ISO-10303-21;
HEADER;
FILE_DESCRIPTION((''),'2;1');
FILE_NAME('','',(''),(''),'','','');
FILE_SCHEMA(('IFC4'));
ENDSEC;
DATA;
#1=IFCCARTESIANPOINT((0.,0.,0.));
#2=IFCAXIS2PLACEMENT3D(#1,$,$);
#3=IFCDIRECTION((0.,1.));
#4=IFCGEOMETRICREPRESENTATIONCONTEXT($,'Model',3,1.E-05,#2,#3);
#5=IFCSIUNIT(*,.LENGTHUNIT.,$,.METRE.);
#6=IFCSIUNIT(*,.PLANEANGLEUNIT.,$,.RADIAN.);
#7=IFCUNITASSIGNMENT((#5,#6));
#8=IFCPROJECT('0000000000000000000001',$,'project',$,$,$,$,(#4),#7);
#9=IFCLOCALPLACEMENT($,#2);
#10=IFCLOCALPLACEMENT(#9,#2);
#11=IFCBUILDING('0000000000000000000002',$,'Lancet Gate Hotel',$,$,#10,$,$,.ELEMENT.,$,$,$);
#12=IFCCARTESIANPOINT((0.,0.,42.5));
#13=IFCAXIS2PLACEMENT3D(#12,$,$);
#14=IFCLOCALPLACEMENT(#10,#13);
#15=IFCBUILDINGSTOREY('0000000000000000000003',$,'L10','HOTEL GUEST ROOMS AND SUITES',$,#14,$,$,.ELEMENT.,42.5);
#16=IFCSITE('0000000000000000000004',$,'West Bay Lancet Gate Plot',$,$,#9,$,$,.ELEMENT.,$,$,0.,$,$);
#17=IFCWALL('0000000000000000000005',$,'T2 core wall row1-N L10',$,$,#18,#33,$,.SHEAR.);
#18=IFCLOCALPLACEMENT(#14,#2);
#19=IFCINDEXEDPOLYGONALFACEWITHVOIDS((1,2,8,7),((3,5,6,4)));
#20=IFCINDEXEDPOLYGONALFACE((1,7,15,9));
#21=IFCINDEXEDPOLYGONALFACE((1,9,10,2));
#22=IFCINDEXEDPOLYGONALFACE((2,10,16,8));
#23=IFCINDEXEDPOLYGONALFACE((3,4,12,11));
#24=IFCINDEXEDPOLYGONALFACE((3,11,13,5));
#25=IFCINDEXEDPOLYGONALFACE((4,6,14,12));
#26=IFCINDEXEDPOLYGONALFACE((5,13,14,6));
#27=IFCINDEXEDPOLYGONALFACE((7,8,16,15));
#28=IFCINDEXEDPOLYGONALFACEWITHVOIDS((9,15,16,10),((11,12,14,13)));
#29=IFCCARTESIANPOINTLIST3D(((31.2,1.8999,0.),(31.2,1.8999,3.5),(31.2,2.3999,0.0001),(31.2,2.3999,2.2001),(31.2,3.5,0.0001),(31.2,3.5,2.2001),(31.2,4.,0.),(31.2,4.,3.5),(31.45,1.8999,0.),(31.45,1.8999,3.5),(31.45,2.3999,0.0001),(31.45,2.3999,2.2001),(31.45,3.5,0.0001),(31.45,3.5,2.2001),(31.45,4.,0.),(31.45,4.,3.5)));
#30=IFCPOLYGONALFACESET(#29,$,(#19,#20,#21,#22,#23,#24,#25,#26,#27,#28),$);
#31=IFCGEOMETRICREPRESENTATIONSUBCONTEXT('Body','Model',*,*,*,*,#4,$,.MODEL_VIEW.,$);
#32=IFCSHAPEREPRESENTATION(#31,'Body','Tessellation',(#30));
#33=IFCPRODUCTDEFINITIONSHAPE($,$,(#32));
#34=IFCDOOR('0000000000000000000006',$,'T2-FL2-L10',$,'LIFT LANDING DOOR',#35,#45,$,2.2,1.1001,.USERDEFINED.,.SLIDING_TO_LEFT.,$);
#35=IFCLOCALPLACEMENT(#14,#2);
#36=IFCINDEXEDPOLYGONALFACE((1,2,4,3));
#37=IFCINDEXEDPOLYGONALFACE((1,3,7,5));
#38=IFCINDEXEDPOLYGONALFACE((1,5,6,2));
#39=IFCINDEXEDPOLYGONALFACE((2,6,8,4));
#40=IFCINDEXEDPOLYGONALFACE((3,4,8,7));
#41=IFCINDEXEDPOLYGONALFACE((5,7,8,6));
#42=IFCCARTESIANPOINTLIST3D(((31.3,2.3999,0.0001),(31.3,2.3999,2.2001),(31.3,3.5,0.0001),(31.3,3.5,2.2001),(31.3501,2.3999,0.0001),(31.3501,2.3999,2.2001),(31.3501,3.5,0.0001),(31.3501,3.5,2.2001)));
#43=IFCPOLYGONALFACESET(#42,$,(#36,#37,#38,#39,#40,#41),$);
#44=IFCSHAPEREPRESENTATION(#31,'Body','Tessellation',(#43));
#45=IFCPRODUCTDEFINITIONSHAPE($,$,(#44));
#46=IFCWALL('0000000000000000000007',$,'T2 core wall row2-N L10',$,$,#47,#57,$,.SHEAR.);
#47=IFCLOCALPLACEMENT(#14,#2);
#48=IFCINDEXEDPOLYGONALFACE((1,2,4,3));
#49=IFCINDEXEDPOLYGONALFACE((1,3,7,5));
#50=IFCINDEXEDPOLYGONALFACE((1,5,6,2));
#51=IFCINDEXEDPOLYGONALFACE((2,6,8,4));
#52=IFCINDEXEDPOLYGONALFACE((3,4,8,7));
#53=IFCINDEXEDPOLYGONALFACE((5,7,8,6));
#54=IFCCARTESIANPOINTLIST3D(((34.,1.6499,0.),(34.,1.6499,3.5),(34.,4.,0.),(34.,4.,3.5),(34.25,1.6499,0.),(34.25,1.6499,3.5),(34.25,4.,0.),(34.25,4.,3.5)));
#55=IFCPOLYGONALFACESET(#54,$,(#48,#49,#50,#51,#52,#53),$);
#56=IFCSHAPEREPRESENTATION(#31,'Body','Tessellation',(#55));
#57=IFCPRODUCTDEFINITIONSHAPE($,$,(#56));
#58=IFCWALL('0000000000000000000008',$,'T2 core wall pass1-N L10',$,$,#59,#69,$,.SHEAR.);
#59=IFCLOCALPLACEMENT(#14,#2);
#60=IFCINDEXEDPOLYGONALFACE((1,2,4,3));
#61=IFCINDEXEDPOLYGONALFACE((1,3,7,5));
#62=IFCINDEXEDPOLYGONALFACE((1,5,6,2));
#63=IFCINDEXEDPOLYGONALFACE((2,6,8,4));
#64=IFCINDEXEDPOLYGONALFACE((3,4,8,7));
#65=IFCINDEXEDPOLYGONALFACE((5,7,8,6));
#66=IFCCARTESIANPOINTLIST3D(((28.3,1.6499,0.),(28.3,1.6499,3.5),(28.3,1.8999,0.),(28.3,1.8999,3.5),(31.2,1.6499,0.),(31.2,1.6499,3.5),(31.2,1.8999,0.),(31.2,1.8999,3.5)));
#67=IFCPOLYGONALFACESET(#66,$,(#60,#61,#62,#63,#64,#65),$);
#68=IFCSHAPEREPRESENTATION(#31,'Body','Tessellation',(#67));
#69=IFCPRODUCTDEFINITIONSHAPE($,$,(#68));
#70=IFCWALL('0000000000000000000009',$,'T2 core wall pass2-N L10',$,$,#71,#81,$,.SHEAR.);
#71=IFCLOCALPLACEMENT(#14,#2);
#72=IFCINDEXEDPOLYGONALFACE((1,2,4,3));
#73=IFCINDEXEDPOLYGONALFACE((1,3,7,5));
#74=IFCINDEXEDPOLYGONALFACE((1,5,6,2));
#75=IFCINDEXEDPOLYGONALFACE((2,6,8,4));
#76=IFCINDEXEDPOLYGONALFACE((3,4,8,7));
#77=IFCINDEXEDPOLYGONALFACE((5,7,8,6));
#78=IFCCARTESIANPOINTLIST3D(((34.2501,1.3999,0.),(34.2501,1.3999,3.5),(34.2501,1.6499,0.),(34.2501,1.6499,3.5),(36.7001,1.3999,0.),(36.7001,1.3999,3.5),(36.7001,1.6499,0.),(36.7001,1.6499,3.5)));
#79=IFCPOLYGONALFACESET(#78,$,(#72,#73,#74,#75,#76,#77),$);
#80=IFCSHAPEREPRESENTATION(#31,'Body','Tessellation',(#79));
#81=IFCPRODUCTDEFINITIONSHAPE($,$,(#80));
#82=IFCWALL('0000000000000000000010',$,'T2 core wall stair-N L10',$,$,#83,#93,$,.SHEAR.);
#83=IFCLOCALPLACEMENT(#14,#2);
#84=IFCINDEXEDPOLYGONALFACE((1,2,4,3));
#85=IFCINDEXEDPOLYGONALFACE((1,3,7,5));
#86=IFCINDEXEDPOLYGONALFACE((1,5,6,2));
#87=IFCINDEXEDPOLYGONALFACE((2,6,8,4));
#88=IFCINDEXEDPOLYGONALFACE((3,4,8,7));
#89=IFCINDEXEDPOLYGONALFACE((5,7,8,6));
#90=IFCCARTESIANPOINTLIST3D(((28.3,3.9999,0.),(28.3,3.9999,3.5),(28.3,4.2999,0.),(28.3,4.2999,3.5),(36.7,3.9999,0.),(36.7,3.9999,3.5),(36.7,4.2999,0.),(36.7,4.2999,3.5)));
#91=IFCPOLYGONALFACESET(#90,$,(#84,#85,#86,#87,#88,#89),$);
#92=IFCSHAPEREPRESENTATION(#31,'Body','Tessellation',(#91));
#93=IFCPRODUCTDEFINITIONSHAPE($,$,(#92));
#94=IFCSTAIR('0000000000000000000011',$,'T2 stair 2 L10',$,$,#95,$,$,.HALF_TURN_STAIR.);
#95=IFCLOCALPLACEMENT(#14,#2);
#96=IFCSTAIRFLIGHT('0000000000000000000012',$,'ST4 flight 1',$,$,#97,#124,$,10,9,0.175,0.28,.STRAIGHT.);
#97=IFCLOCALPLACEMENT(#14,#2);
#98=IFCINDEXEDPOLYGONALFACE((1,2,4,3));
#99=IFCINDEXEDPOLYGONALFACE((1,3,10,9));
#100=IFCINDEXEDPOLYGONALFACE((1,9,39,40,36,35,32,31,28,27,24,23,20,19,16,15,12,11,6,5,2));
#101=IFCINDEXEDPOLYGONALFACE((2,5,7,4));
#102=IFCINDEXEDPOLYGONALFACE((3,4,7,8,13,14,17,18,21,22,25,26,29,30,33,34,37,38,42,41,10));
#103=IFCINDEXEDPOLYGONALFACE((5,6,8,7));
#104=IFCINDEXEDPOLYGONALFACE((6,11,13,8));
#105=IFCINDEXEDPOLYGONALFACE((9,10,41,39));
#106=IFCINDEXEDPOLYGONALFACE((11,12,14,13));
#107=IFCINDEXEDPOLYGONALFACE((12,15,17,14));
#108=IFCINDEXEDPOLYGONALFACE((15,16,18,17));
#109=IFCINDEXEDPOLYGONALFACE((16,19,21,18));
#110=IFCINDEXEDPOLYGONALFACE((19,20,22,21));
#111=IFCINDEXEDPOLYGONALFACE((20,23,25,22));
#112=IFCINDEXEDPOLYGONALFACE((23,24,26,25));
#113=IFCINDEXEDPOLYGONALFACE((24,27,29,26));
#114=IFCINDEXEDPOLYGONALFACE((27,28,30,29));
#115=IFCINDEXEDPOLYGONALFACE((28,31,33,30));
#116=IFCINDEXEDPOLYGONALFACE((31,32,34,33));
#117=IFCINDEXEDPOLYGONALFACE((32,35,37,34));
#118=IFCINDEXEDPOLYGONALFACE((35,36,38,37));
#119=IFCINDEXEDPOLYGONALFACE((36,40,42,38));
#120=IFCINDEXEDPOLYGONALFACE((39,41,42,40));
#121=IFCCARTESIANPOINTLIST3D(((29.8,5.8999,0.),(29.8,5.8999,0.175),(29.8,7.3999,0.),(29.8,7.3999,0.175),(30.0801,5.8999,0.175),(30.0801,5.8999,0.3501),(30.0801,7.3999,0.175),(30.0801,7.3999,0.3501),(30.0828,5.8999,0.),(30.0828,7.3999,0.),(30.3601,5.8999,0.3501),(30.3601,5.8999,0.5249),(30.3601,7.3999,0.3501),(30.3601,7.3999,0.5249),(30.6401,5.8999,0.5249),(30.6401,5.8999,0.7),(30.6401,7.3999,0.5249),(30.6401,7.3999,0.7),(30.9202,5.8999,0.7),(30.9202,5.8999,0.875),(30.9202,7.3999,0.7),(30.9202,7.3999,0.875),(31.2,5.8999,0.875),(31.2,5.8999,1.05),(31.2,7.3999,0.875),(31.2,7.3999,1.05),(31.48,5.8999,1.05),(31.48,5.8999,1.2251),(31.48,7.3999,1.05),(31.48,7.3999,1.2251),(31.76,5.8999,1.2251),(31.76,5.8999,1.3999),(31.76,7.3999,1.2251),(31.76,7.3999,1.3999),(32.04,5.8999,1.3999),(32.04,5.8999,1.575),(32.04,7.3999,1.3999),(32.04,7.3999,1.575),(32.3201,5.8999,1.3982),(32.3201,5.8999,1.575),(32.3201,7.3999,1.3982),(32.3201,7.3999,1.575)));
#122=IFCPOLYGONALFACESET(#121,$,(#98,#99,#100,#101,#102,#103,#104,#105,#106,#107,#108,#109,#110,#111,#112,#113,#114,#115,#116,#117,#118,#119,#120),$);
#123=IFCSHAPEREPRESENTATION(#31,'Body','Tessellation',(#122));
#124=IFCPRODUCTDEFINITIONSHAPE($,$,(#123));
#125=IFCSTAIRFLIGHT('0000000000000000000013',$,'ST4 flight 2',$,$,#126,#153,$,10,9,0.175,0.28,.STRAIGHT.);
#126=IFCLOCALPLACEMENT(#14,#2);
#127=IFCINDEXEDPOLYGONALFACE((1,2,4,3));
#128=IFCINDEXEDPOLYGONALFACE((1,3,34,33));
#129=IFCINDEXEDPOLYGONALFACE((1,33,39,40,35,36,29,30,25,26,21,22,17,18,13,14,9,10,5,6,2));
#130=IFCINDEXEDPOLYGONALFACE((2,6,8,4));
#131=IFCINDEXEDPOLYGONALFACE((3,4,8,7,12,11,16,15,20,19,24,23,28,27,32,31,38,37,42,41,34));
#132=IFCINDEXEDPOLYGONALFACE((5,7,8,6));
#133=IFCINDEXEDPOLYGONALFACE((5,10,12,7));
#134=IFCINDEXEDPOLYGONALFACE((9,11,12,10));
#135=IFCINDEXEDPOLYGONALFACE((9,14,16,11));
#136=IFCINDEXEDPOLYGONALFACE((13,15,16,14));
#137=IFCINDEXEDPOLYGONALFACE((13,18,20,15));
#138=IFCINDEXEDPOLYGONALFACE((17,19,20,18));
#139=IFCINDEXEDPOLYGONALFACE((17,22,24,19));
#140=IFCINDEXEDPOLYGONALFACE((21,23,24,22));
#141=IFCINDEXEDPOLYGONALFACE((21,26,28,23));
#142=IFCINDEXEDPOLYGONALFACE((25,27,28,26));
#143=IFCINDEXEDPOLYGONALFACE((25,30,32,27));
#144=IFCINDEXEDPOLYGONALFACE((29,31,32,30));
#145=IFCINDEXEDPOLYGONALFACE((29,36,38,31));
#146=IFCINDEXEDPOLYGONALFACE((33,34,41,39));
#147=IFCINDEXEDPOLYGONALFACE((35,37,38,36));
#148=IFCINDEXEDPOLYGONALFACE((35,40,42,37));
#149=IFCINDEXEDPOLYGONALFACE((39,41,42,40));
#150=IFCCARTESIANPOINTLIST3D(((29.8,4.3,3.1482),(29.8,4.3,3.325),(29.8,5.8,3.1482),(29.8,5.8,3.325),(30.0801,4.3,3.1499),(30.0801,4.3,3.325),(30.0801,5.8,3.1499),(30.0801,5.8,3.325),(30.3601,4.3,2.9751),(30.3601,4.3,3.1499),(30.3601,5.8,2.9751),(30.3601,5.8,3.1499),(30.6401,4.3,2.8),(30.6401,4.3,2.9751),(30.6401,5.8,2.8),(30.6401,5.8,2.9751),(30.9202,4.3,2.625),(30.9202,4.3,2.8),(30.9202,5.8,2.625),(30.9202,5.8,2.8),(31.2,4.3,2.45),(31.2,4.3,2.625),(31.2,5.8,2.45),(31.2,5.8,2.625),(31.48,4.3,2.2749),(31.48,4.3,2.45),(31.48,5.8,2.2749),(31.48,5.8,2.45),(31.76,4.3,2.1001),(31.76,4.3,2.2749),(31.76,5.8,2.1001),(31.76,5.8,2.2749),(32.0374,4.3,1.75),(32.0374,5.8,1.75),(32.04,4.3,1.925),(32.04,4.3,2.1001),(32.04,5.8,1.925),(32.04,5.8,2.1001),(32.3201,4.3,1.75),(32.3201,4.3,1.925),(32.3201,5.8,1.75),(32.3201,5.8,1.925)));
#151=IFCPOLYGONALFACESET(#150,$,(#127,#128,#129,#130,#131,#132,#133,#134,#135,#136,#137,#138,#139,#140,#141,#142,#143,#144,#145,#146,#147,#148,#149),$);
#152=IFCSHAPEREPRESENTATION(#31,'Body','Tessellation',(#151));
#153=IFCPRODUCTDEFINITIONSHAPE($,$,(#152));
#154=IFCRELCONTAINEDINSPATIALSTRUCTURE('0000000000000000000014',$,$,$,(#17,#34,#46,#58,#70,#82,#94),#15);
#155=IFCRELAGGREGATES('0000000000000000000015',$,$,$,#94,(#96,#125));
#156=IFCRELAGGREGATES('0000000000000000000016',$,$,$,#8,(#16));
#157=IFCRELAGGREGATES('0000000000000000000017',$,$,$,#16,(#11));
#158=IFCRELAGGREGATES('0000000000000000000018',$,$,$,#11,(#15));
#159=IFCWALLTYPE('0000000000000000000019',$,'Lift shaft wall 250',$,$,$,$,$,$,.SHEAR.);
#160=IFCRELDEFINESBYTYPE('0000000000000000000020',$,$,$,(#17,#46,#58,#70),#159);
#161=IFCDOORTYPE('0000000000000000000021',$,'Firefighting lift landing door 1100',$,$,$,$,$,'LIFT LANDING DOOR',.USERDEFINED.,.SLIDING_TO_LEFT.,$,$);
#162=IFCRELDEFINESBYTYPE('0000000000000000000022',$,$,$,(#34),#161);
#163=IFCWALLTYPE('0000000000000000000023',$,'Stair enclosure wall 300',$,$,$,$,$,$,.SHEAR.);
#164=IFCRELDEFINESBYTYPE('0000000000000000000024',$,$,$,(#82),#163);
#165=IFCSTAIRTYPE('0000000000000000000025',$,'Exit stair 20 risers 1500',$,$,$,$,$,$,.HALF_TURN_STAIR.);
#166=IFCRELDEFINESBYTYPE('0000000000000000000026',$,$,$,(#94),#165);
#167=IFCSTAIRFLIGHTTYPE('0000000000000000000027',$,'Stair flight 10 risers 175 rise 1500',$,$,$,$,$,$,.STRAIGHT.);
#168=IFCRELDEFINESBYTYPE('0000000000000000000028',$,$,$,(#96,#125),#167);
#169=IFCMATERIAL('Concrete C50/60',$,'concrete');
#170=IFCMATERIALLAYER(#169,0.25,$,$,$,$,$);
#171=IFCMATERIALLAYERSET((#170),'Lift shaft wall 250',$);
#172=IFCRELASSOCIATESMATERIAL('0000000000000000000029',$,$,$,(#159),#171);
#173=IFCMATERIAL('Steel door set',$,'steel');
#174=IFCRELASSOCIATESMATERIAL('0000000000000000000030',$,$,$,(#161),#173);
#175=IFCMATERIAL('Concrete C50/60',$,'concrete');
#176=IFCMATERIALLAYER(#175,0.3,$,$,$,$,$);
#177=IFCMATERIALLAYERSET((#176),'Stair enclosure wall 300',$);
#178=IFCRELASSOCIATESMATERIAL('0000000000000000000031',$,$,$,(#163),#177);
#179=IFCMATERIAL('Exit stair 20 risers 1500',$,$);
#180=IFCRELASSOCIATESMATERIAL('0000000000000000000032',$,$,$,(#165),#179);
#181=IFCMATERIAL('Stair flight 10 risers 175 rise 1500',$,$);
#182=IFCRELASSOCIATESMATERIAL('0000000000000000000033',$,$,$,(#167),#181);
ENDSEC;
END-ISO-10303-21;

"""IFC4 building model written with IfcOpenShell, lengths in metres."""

from ifc_helpers import new_model, si_unit, direction, frame, frame_2d, origin, place, context, subcontext, project, spatial, polyline, rectangle, outline, extrude, material, layer, layer_set, type_object, element, fill, aggregate, save


model = new_model("IFC4")

# Units and contexts
model_context = context("Model", 3, precision=1e-05, world=origin(), true_north=direction((0.0, 1.0)))
body_context = subcontext(model_context, "Body", "Model", "MODEL_VIEW")
ifc_project = project(units=[si_unit("LENGTHUNIT", "METRE"), si_unit("PLANEANGLEUNIT", "RADIAN")], contexts=[model_context])

# Site, building, storey
site_placement = place(None, origin())
site = spatial("IfcSite", under=ifc_project, at=site_placement, Name="West Bay Lancet Gate Plot", CompositionType="ELEMENT", RefElevation=0.0)
building_placement = place(site_placement, origin())
building = spatial("IfcBuilding", under=site, at=building_placement, Name="Lancet Gate Hotel", CompositionType="ELEMENT")
storey_placement = place(building_placement, frame((0.0, 0.0, 42.5)))
storey = spatial("IfcBuildingStorey", under=building, at=storey_placement, Name="L10", Description="HOTEL GUEST ROOMS AND SUITES", CompositionType="ELEMENT", Elevation=42.5)

# Wall, opening, door
ifc_material_1 = material(Name="Concrete C50/60", Category="concrete")
ifc_layer_1 = layer(ifc_material_1, 0.25)
ifc_layer_set_1 = layer_set([ifc_layer_1], Name="Lift shaft wall 250")
wall_type_1 = type_object("IfcWallType", Name="Lift shaft wall 250", PredefinedType="SHEAR", material=ifc_layer_set_1)
wall_1_placement = place(storey_placement, frame((31.325, 1.8999, 0.0), z_axis=(0.0, 0.0, 1.0), x_axis=(0.0, 1.0, 0.0)))
wall_1 = element("IfcWall", 1, at=wall_1_placement, inside=storey, type_object=wall_type_1, Name="T2 core wall row1-N L10", PredefinedType="SHEAR", context=body_context, shape_type="SweptSolid", body=[
    extrude(rectangle(XDim=2.1001, YDim=0.25, at=frame_2d((1.05, 0.0))), origin(), (0.0, 0.0, 1.0), 3.5),
])
opening_1_placement = place(wall_1_placement, frame((0.5, 0.0, 0.0)))
opening_1 = element("IfcOpeningElement", 2, at=opening_1_placement, cuts=wall_1, PredefinedType="OPENING", context=body_context, shape_type="SweptSolid", body=[
    extrude(rectangle(XDim=1.1001, YDim=2.2, at=frame_2d((0.55, 1.1001))), frame((0.0, 0.135, 0.0), z_axis=(0.0, -1.0, 0.0), x_axis=(1.0, 0.0, 0.0)), (0.0, 0.0, 1.0), 0.27),
])
ifc_material_2 = material(Name="Steel door set", Category="steel")
door_type_1 = type_object("IfcDoorType", Name="Firefighting lift landing door 1100", ElementType="LIFT LANDING DOOR", OperationType="SLIDING_TO_LEFT", PredefinedType="USERDEFINED", material=ifc_material_2)
door_1_placement = place(opening_1_placement, origin())
door_1 = element("IfcDoor", 3, at=door_1_placement, inside=storey, type_object=door_type_1, Name="T2-FL2-L10", ObjectType="LIFT LANDING DOOR", OperationType="SLIDING_TO_LEFT", OverallHeight=2.2, OverallWidth=1.1001, PredefinedType="USERDEFINED", context=body_context, shape_type="SweptSolid", body=[
    extrude(rectangle(XDim=1.1001, YDim=2.2, at=frame_2d((0.55, 1.1001))), frame((0.0, 0.0249, 0.0), z_axis=(0.0, -1.0, 0.0), x_axis=(1.0, 0.0, 0.0)), (0.0, 0.0, 1.0), 0.05),
])
fill(opening_1, door_1)

# Walls
wall_2_placement = place(storey_placement, frame((34.125, 1.6499, 0.0), z_axis=(0.0, 0.0, 1.0), x_axis=(0.0, 1.0, 0.0)))
element("IfcWall", 4, at=wall_2_placement, inside=storey, type_object=wall_type_1, Name="T2 core wall row2-N L10", PredefinedType="SHEAR", context=body_context, shape_type="SweptSolid", body=[
    extrude(rectangle(XDim=2.3501, YDim=0.25, at=frame_2d((1.175, 0.0))), origin(), (0.0, 0.0, 1.0), 3.5),
])
wall_3_placement = place(storey_placement, frame((28.3, 1.7749, 0.0), z_axis=(0.0, 0.0, 1.0), x_axis=(1.0, 0.0, 0.0)))
element("IfcWall", 5, at=wall_3_placement, inside=storey, type_object=wall_type_1, Name="T2 core wall pass1-N L10", PredefinedType="SHEAR", context=body_context, shape_type="SweptSolid", body=[
    extrude(rectangle(XDim=2.8999, YDim=0.25, at=frame_2d((1.45, 0.0))), origin(), (0.0, 0.0, 1.0), 3.5),
])
wall_4_placement = place(storey_placement, frame((34.25, 1.5249, 0.0), z_axis=(0.0, 0.0, 1.0), x_axis=(1.0, 0.0, 0.0)))
element("IfcWall", 6, at=wall_4_placement, inside=storey, type_object=wall_type_1, Name="T2 core wall pass2-N L10", PredefinedType="SHEAR", context=body_context, shape_type="SweptSolid", body=[
    extrude(rectangle(XDim=2.45, YDim=0.25, at=frame_2d((1.2251, 0.0))), origin(), (0.0, 0.0, 1.0), 3.5),
])
ifc_material_3 = material(Name="Concrete C50/60", Category="concrete")
ifc_layer_2 = layer(ifc_material_3, 0.3)
ifc_layer_set_2 = layer_set([ifc_layer_2], Name="Stair enclosure wall 300")
wall_type_2 = type_object("IfcWallType", Name="Stair enclosure wall 300", PredefinedType="SHEAR", material=ifc_layer_set_2)
wall_5_placement = place(storey_placement, frame((28.3, 4.1499, 0.0), z_axis=(0.0, 0.0, 1.0), x_axis=(1.0, 0.0, 0.0)))
element("IfcWall", 7, at=wall_5_placement, inside=storey, type_object=wall_type_2, Name="T2 core wall stair-N L10", PredefinedType="SHEAR", context=body_context, shape_type="SweptSolid", body=[
    extrude(rectangle(XDim=8.3999, YDim=0.3, at=frame_2d((4.2, 0.0))), origin(), (0.0, 0.0, 1.0), 3.5),
])

# Stair, stair flights
ifc_material_4 = material(Name="Exit stair 20 risers 1500")
stair_type = type_object("IfcStairType", Name="Exit stair 20 risers 1500", PredefinedType="HALF_TURN_STAIR", material=ifc_material_4)
stair_placement = place(storey_placement, origin())
stair = element("IfcStair", 8, at=stair_placement, inside=storey, type_object=stair_type, Name="T2 stair 2 L10", PredefinedType="HALF_TURN_STAIR")
ifc_material_5 = material(Name="Stair flight 10 risers 175 rise 1500")
stair_flight_type = type_object("IfcStairFlightType", Name="Stair flight 10 risers 175 rise 1500", PredefinedType="STRAIGHT", material=ifc_material_5)
stair_flight_1_placement = place(storey_placement, frame((29.8, 6.6499, 0.0), z_axis=(0.0, 0.0, 1.0), x_axis=(1.0, 0.0, 0.0)))
stair_flight_1 = element("IfcStairFlight", 9, at=stair_flight_1_placement, type_object=stair_flight_type, Name="ST4 flight 1", NumberOfRisers=10, NumberOfTreads=9, PredefinedType="STRAIGHT", RiserHeight=0.175, TreadLength=0.28, context=body_context, shape_type="SweptSolid", body=[
    extrude(outline(polyline([(0.0, 0.0), (0.0, 0.175), (0.28, 0.175), (0.28, 0.3501), (0.5601, 0.3501), (0.5601, 0.5249), (0.8401, 0.5249), (0.8401, 0.7), (1.1201, 0.7), (1.1201, 0.875), (1.3999, 0.875), (1.3999, 1.05), (1.6799, 1.05), (1.6799, 1.2251), (1.96, 1.2251), (1.96, 1.3999), (2.24, 1.3999), (2.24, 1.575), (2.52, 1.575), (2.52, 1.75), (2.52, 1.3982), (0.2827, 0.0), (0.0, 0.0)])), frame((0.0, 0.75, 0.0), z_axis=(0.0, -1.0, 0.0), x_axis=(1.0, 0.0, 0.0)), (0.0, 0.0, 1.0), 1.5),
])
stair_flight_2_placement = place(storey_placement, frame((32.3201, 5.05, 1.75), z_axis=(0.0, 0.0, 1.0), x_axis=(-1.0, 0.0, 0.0)))
stair_flight_2 = element("IfcStairFlight", 10, at=stair_flight_2_placement, type_object=stair_flight_type, Name="ST4 flight 2", NumberOfRisers=10, NumberOfTreads=9, PredefinedType="STRAIGHT", RiserHeight=0.175, TreadLength=0.28, context=body_context, shape_type="SweptSolid", body=[
    extrude(outline(polyline([(0.0, 0.0), (0.0, 0.175), (0.28, 0.175), (0.28, 0.3501), (0.5601, 0.3501), (0.5601, 0.5249), (0.8401, 0.5249), (0.8401, 0.7), (1.1201, 0.7), (1.1201, 0.875), (1.3999, 0.875), (1.3999, 1.05), (1.6799, 1.05), (1.6799, 1.2251), (1.96, 1.2251), (1.96, 1.3999), (2.24, 1.3999), (2.24, 1.575), (2.52, 1.575), (2.52, 1.75), (2.52, 1.3982), (0.2827, 0.0), (0.0, 0.0)])), frame((0.0, 0.75, 0.0), z_axis=(0.0, -1.0, 0.0), x_axis=(1.0, 0.0, 0.0)), (0.0, 0.0, 1.0), 1.5),
])
aggregate(stair, [stair_flight_1, stair_flight_2])

save(model, "model.ifc")
